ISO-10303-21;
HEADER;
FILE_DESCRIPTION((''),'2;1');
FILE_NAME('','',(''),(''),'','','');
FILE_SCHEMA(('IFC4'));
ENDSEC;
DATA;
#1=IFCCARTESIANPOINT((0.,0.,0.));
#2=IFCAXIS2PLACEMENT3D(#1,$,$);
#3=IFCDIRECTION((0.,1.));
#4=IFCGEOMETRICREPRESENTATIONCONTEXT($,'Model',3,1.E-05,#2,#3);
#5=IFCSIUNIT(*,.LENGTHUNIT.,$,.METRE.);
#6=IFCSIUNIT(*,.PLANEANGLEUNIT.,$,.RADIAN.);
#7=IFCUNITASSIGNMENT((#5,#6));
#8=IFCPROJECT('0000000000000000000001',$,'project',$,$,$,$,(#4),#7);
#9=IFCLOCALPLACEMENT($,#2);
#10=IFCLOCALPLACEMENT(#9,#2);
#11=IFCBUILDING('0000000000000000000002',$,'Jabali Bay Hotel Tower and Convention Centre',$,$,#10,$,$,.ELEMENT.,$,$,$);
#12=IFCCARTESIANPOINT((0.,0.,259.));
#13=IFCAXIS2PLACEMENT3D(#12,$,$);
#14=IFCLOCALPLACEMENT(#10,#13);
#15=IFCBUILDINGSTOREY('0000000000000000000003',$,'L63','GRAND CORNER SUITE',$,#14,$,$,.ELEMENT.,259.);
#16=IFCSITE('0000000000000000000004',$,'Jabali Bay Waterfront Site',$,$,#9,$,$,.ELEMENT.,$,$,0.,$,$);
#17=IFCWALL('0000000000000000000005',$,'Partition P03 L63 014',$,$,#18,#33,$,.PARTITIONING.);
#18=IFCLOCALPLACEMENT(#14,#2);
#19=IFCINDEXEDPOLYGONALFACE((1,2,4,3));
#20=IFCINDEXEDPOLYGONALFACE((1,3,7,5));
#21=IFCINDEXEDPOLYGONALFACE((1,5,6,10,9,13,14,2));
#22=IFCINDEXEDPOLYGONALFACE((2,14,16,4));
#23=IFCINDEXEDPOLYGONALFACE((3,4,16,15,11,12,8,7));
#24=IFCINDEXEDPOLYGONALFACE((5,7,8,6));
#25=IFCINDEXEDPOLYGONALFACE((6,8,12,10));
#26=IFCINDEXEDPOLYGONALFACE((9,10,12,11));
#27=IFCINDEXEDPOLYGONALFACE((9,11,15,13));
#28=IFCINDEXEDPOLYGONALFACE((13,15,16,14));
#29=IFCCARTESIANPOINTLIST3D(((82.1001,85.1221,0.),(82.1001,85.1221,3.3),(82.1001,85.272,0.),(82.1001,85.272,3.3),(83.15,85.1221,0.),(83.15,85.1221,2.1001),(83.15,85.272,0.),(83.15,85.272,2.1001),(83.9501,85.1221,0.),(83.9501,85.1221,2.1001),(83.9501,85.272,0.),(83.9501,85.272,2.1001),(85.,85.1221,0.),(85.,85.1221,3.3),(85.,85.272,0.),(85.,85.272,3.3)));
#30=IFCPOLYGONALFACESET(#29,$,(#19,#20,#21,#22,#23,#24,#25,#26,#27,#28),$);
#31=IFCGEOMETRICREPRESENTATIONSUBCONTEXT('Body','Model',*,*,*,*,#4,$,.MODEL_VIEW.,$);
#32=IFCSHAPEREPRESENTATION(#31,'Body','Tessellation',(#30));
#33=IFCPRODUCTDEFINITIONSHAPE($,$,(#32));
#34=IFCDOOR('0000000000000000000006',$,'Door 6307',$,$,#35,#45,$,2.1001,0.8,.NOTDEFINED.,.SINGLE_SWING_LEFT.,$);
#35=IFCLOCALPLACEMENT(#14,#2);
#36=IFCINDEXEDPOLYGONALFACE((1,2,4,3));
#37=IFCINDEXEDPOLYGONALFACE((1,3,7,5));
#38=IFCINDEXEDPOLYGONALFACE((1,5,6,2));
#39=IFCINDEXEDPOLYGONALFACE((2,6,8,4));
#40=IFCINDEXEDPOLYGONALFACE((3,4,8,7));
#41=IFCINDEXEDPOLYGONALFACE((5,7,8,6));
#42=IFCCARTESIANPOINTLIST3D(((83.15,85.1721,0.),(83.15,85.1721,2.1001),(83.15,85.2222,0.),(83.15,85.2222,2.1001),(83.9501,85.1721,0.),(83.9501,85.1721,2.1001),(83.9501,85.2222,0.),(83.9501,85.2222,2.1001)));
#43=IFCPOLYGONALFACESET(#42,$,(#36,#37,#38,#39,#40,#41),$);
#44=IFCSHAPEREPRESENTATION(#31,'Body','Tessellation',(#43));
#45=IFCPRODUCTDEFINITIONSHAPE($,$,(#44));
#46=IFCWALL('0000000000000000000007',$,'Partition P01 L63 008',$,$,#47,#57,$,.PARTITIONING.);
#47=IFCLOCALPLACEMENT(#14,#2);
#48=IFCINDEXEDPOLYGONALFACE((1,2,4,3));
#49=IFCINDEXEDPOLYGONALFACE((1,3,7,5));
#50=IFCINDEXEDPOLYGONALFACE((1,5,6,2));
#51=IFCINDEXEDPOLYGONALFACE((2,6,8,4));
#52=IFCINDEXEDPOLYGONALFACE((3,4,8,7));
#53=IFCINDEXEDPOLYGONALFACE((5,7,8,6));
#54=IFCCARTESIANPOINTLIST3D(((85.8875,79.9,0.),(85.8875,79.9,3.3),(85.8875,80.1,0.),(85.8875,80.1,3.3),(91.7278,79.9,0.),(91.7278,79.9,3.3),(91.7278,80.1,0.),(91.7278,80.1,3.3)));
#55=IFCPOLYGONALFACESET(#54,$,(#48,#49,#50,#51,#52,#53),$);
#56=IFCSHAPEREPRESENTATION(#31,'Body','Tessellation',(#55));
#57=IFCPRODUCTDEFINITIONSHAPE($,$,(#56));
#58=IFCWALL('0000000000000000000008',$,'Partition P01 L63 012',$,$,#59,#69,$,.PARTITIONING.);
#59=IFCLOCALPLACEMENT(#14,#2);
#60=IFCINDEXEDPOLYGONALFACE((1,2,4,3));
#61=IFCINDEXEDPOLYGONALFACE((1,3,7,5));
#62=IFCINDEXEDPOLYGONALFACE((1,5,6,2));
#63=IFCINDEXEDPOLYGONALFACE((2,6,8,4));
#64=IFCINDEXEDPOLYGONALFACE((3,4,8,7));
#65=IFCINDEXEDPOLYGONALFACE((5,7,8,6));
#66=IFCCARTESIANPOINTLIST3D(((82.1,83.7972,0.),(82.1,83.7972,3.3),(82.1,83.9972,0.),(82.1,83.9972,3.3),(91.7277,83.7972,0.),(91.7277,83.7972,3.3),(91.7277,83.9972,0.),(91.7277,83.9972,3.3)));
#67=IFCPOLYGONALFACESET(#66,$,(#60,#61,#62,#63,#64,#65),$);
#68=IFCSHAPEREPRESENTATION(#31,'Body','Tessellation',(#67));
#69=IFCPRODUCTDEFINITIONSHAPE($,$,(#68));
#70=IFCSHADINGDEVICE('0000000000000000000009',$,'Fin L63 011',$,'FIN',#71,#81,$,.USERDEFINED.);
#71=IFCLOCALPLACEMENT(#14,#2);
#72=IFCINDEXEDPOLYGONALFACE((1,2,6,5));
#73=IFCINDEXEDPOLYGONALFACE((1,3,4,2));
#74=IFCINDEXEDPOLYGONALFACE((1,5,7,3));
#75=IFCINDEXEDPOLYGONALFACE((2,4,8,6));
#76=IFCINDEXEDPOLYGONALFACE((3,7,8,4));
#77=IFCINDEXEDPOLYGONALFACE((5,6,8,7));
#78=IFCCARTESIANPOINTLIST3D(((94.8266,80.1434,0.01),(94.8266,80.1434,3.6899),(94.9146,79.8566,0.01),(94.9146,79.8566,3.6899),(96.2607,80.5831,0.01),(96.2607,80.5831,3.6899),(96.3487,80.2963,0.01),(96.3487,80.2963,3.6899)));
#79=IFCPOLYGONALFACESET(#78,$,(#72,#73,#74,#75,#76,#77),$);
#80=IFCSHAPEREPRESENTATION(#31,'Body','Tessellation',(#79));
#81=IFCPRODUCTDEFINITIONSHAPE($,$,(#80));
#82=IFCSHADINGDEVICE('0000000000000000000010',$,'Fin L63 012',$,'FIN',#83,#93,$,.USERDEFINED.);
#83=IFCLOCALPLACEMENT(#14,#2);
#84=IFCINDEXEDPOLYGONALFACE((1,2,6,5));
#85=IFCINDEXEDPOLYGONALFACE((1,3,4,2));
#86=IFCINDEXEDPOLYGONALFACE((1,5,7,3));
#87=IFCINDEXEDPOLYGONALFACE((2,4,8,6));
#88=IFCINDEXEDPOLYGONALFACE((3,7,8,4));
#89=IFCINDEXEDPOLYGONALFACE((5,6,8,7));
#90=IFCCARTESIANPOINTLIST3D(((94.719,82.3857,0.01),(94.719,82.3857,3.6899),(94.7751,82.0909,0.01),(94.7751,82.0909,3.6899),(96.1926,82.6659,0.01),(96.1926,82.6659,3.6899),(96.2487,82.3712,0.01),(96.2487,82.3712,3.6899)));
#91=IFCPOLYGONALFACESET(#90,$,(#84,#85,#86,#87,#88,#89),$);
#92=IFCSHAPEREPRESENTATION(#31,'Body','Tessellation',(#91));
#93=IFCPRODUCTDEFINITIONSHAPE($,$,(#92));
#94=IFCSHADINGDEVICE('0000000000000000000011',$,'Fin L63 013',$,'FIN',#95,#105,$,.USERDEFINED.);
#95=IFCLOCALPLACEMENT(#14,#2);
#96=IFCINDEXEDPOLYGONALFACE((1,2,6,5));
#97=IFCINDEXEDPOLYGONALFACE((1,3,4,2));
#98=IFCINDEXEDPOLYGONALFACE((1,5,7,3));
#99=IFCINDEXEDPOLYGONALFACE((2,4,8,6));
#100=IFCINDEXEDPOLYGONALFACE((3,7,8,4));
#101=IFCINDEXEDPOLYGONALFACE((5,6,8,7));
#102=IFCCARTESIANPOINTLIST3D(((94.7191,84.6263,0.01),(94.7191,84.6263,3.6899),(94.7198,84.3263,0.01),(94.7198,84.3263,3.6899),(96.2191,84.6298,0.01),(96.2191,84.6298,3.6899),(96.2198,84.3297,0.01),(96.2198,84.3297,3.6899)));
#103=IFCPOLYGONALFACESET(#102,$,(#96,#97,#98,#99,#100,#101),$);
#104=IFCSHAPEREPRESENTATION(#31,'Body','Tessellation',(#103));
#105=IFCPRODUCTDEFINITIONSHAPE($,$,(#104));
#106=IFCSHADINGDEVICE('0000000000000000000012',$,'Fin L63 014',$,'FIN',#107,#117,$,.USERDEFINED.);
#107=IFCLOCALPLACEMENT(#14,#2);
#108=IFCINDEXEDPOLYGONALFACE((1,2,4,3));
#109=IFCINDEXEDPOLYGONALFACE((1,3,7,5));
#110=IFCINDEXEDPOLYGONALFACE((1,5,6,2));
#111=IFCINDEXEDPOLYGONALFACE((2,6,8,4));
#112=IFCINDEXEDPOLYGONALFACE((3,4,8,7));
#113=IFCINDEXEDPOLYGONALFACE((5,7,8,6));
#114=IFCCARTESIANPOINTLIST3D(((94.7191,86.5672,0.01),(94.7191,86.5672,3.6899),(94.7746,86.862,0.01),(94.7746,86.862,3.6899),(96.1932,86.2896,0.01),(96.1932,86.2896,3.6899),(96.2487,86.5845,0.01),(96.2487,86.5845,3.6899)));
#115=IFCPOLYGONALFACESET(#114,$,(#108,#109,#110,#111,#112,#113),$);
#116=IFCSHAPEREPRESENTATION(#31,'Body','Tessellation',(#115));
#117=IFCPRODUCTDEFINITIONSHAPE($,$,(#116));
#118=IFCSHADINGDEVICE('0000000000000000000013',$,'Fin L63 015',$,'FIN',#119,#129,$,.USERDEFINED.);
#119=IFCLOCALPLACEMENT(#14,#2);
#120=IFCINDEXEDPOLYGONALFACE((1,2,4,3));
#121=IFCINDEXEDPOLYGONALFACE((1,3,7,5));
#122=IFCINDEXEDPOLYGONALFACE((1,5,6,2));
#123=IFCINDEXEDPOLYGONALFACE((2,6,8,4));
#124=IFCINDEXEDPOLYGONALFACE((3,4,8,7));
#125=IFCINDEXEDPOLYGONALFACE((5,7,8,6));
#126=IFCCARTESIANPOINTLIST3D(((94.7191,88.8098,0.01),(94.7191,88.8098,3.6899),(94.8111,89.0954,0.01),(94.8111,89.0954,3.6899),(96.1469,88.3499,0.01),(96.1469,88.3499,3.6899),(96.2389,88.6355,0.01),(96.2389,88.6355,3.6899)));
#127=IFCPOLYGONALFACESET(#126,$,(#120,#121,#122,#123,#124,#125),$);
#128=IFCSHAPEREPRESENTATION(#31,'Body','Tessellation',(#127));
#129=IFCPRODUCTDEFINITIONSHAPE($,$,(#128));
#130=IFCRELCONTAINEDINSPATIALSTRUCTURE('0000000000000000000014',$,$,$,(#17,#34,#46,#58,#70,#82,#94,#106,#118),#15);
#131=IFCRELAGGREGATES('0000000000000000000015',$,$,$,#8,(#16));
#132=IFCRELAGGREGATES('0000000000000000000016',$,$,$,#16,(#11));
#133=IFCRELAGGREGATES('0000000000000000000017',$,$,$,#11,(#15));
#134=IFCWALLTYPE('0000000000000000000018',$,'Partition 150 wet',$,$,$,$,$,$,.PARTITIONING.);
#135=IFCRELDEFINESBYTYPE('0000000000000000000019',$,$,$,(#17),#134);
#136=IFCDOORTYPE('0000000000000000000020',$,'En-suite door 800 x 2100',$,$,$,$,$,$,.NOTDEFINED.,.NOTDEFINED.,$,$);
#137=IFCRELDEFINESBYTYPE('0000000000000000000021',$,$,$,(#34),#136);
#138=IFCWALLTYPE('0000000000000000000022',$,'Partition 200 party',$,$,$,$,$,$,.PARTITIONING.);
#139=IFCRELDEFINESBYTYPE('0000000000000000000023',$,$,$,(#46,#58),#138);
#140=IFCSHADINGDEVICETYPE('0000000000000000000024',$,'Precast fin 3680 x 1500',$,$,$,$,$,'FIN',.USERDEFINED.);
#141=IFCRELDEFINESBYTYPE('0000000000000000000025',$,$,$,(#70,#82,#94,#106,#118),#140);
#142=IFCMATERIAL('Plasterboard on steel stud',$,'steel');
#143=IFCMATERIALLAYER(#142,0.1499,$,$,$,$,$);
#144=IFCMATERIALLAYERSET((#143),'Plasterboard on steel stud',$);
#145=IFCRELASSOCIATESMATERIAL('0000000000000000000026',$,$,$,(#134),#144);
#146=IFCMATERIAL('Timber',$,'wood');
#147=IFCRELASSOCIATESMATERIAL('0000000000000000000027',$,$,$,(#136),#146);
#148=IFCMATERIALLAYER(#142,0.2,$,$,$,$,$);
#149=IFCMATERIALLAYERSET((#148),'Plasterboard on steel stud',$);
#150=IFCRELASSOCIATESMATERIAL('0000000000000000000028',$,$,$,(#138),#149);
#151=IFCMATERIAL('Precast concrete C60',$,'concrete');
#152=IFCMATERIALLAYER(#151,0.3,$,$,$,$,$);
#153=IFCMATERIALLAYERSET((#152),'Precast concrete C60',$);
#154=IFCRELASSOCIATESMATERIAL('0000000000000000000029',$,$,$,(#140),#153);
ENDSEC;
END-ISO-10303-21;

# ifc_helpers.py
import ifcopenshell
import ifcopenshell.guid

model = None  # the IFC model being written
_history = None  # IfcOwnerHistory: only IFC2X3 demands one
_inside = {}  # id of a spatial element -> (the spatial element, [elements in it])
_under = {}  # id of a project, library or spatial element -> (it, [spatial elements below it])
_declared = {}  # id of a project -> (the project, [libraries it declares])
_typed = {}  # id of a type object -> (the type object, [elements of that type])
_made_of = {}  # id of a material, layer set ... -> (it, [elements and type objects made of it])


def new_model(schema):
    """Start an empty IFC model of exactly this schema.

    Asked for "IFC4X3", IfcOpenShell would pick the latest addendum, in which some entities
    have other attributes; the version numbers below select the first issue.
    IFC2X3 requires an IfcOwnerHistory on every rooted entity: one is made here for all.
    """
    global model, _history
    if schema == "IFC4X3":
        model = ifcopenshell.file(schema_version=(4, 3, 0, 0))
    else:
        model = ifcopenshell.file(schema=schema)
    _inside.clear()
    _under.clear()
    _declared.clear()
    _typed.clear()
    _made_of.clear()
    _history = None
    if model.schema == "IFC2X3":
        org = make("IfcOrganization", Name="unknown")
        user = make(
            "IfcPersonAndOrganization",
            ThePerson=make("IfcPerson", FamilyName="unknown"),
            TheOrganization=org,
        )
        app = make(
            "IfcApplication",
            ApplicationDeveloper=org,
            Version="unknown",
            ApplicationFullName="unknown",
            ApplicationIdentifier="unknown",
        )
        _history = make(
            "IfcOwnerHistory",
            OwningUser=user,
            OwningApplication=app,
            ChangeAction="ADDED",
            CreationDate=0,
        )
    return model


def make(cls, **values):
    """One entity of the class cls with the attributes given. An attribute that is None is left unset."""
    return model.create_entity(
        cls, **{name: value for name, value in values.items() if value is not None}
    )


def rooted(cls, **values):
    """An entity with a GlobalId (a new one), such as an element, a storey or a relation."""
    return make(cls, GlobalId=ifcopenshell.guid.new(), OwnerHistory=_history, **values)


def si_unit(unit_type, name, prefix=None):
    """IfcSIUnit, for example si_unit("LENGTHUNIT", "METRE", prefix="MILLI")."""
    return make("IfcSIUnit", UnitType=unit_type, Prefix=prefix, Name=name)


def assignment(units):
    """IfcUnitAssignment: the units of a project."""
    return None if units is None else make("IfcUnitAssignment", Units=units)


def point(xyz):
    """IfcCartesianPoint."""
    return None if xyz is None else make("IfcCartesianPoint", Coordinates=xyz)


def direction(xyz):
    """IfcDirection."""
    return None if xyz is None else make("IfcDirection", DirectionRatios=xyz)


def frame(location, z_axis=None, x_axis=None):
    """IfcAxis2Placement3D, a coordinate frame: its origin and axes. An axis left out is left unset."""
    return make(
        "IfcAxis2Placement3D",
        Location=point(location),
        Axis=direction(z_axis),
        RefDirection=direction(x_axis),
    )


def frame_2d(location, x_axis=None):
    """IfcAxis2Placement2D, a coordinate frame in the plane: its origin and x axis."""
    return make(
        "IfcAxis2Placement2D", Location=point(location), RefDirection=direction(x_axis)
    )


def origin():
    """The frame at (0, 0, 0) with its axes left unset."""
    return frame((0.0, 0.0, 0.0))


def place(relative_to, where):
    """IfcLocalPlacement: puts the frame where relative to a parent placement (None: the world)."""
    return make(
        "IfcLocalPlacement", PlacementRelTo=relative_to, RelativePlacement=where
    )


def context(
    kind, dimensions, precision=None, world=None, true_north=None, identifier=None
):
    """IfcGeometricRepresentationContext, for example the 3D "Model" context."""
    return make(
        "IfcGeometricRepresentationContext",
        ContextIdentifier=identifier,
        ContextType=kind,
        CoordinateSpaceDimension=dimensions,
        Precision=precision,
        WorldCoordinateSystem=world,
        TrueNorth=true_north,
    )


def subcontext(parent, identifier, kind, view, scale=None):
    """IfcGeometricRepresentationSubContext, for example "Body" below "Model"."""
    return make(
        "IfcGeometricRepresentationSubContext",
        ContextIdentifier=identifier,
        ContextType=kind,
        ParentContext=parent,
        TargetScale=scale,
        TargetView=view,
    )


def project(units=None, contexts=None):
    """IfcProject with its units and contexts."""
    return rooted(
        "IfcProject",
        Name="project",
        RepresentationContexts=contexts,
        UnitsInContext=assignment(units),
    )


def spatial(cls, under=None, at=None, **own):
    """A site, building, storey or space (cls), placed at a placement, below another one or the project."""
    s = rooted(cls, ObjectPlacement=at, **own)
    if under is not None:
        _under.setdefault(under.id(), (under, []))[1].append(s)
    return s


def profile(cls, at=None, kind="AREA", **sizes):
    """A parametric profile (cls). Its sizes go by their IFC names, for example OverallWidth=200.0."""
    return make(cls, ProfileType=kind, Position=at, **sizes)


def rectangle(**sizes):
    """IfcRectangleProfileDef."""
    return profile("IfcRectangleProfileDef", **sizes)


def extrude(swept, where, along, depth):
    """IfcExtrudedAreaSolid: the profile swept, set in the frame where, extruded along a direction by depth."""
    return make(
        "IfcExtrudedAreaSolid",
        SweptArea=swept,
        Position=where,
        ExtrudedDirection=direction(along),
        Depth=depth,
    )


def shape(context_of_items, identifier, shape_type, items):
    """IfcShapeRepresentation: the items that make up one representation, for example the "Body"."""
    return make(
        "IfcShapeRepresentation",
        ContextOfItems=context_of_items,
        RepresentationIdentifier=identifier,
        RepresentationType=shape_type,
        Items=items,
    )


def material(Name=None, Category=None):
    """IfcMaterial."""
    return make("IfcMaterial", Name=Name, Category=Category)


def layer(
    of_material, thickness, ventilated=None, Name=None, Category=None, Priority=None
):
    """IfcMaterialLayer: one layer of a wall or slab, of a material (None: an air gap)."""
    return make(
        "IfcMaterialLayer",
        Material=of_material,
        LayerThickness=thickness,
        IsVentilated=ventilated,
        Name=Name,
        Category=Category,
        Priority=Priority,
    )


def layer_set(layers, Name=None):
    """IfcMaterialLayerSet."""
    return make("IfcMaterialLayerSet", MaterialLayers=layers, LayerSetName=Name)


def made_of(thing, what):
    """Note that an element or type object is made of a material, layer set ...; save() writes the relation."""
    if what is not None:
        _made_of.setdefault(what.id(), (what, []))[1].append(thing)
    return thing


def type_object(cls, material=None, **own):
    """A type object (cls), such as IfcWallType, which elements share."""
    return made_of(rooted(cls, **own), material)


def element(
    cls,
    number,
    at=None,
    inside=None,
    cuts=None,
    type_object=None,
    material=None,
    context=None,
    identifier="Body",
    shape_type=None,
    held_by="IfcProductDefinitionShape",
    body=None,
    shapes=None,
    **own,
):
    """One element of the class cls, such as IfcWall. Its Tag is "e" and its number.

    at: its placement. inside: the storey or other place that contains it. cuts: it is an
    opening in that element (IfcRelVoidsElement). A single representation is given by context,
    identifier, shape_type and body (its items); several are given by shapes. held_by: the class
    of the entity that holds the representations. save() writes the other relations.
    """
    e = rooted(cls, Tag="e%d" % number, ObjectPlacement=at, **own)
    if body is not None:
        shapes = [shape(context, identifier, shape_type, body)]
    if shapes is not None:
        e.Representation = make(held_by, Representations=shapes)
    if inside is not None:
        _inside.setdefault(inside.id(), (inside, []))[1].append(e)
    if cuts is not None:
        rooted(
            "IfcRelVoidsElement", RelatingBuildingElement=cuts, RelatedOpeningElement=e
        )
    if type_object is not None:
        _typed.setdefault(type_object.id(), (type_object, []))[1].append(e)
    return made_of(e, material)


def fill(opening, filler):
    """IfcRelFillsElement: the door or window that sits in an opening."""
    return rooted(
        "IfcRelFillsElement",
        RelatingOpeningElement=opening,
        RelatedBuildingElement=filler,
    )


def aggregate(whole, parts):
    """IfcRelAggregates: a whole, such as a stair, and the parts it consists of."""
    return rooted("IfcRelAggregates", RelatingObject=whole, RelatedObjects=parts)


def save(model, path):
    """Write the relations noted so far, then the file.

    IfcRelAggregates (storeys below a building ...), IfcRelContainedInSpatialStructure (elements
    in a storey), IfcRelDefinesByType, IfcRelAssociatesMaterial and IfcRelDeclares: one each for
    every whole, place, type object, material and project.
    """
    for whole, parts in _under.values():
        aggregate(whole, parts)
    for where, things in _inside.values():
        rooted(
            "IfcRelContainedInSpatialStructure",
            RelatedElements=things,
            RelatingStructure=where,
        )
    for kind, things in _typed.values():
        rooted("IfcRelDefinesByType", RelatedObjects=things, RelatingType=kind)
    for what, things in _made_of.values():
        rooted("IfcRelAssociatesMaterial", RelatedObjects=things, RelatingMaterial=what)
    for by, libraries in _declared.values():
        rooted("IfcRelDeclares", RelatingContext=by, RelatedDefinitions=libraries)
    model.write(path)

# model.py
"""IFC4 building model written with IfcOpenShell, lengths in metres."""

from ifc_helpers import new_model, si_unit, direction, frame, frame_2d, origin, place, context, subcontext, project, spatial, rectangle, extrude, material, layer, layer_set, type_object, element, fill, save


model = new_model("IFC4")

# Units and contexts
model_context = context("Model", 3, precision=1e-05, world=origin(), true_north=direction((0.0, 1.0)))
body_context = subcontext(model_context, "Body", "Model", "MODEL_VIEW")
ifc_project = project(units=[si_unit("LENGTHUNIT", "METRE"), si_unit("PLANEANGLEUNIT", "RADIAN")], contexts=[model_context])

# Site, building, storey
site_placement = place(None, origin())
site = spatial("IfcSite", under=ifc_project, at=site_placement, Name="Jabali Bay Waterfront Site", CompositionType="ELEMENT", RefElevation=0.0)
building_placement = place(site_placement, origin())
building = spatial("IfcBuilding", under=site, at=building_placement, Name="Jabali Bay Hotel Tower and Convention Centre", CompositionType="ELEMENT")
storey_placement = place(building_placement, frame((0.0, 0.0, 259.0)))
storey = spatial("IfcBuildingStorey", under=building, at=storey_placement, Name="L63", Description="GRAND CORNER SUITE", CompositionType="ELEMENT", Elevation=259.0)

# Shared definitions
ifc_material_1 = material(Name="Plasterboard on steel stud", Category="steel")
ifc_layer_1 = layer(ifc_material_1, 0.1499)
ifc_layer_set_1 = layer_set([ifc_layer_1], Name="Plasterboard on steel stud")
wall_type_1 = type_object("IfcWallType", Name="Partition 150 wet", PredefinedType="PARTITIONING", material=ifc_layer_set_1)

# Shared definitions
ifc_material_2 = material(Name="Timber", Category="wood")

# Wall, opening, door
wall_1_placement = place(storey_placement, frame((85.0, 85.197, 0.0), z_axis=(0.0, 0.0, 1.0), x_axis=(-1.0, 0.0, 0.0)))
wall_1 = element("IfcWall", 1, at=wall_1_placement, inside=storey, type_object=wall_type_1, Name="Partition P03 L63 014", PredefinedType="PARTITIONING", context=body_context, shape_type="SweptSolid", body=[
    extrude(rectangle(XDim=2.8999, YDim=0.1499, at=frame_2d((1.45, 0.0))), origin(), (0.0, 0.0, 1.0), 3.3),
])
opening_1_placement = place(wall_1_placement, frame((1.05, 0.0, 0.0)))
opening_1 = element("IfcOpeningElement", 2, at=opening_1_placement, cuts=wall_1, PredefinedType="OPENING", context=body_context, shape_type="SweptSolid", body=[
    extrude(rectangle(XDim=0.8, YDim=2.1001, at=frame_2d((0.3999, 1.05))), frame((0.0, 0.0854, 0.0), z_axis=(0.0, -1.0, 0.0), x_axis=(1.0, 0.0, 0.0)), (0.0, 0.0, 1.0), 0.1709),
])
door_type_1 = type_object("IfcDoorType", Name="En-suite door 800 x 2100", OperationType="NOTDEFINED", PredefinedType="NOTDEFINED", material=ifc_material_2)
door_1_placement = place(opening_1_placement, origin())
door_1 = element("IfcDoor", 3, at=door_1_placement, inside=storey, type_object=door_type_1, Name="Door 6307", OperationType="SINGLE_SWING_LEFT", OverallHeight=2.1001, OverallWidth=0.8, PredefinedType="NOTDEFINED", context=body_context, shape_type="SweptSolid", body=[
    extrude(rectangle(XDim=0.8, YDim=2.1001, at=frame_2d((0.3999, 1.05))), frame((0.0, 0.0249, 0.0), z_axis=(0.0, -1.0, 0.0), x_axis=(1.0, 0.0, 0.0)), (0.0, 0.0, 1.0), 0.05),
])
fill(opening_1, door_1)

# Walls
ifc_layer_2 = layer(ifc_material_1, 0.2)
ifc_layer_set_2 = layer_set([ifc_layer_2], Name="Plasterboard on steel stud")
wall_type_2 = type_object("IfcWallType", Name="Partition 200 party", PredefinedType="PARTITIONING", material=ifc_layer_set_2)
wall_2_placement = place(storey_placement, frame((91.7278, 80.0, 0.0), z_axis=(0.0, 0.0, 1.0), x_axis=(-1.0, 0.0, 0.0)))
element("IfcWall", 4, at=wall_2_placement, inside=storey, type_object=wall_type_2, Name="Partition P01 L63 008", PredefinedType="PARTITIONING", context=body_context, shape_type="SweptSolid", body=[
    extrude(rectangle(XDim=5.8403, YDim=0.2, at=frame_2d((2.9202, 0.0))), origin(), (0.0, 0.0, 1.0), 3.3),
])
wall_3_placement = place(storey_placement, frame((91.7278, 83.8972, 0.0), z_axis=(0.0, 0.0, 1.0), x_axis=(-1.0, 0.0, 0.0)))
element("IfcWall", 5, at=wall_3_placement, inside=storey, type_object=wall_type_2, Name="Partition P01 L63 012", PredefinedType="PARTITIONING", context=body_context, shape_type="SweptSolid", body=[
    extrude(rectangle(XDim=9.6277, YDim=0.2, at=frame_2d((4.814, 0.0))), origin(), (0.0, 0.0, 1.0), 3.3),
])

# Shading devices
ifc_material_3 = material(Name="Precast concrete C60", Category="concrete")
ifc_layer_3 = layer(ifc_material_3, 0.3)
ifc_layer_set_3 = layer_set([ifc_layer_3], Name="Precast concrete C60")
shading_device_type = type_object("IfcShadingDeviceType", Name="Precast fin 3680 x 1500", ElementType="FIN", PredefinedType="USERDEFINED", material=ifc_layer_set_3)
for number, where, z_axis, x_axis, name in (
    (6, (94.8706, 80.0, 0.01), (0.0, 0.0, 1.0), (0.956071, 0.293136, 0.0), "Fin L63 011"),
    (7, (94.7471, 82.2383, 0.01), (0.0, 0.0, 1.0), (0.98239, 0.186843, 0.0), "Fin L63 012"),
    (8, (94.7195, 84.4763, 0.01), (0.0, 0.0, 1.0), (0.999997, 0.002279, 0.0), "Fin L63 013"),
    (9, (94.7468, 86.7146, 0.01), (0.0, 0.0, 1.0), (0.982728, -0.185055, 0.0), "Fin L63 014"),
    (10, (94.7651, 88.9526, 0.01), (0.0, 0.0, 1.0), (0.951825, -0.306641, 0.0), "Fin L63 015"),
):
    element("IfcShadingDevice", number, at=place(storey_placement, frame(where, z_axis=z_axis, x_axis=x_axis)), inside=storey, type_object=shading_device_type, Name=name, ObjectType="FIN", PredefinedType="USERDEFINED", context=body_context, shape_type="SweptSolid", body=[
        extrude(rectangle(XDim=1.5, YDim=0.3, at=frame_2d((0.75, 0.0))), origin(), (0.0, 0.0, 1.0), 3.6799),
    ])

save(model, "model.ifc")
